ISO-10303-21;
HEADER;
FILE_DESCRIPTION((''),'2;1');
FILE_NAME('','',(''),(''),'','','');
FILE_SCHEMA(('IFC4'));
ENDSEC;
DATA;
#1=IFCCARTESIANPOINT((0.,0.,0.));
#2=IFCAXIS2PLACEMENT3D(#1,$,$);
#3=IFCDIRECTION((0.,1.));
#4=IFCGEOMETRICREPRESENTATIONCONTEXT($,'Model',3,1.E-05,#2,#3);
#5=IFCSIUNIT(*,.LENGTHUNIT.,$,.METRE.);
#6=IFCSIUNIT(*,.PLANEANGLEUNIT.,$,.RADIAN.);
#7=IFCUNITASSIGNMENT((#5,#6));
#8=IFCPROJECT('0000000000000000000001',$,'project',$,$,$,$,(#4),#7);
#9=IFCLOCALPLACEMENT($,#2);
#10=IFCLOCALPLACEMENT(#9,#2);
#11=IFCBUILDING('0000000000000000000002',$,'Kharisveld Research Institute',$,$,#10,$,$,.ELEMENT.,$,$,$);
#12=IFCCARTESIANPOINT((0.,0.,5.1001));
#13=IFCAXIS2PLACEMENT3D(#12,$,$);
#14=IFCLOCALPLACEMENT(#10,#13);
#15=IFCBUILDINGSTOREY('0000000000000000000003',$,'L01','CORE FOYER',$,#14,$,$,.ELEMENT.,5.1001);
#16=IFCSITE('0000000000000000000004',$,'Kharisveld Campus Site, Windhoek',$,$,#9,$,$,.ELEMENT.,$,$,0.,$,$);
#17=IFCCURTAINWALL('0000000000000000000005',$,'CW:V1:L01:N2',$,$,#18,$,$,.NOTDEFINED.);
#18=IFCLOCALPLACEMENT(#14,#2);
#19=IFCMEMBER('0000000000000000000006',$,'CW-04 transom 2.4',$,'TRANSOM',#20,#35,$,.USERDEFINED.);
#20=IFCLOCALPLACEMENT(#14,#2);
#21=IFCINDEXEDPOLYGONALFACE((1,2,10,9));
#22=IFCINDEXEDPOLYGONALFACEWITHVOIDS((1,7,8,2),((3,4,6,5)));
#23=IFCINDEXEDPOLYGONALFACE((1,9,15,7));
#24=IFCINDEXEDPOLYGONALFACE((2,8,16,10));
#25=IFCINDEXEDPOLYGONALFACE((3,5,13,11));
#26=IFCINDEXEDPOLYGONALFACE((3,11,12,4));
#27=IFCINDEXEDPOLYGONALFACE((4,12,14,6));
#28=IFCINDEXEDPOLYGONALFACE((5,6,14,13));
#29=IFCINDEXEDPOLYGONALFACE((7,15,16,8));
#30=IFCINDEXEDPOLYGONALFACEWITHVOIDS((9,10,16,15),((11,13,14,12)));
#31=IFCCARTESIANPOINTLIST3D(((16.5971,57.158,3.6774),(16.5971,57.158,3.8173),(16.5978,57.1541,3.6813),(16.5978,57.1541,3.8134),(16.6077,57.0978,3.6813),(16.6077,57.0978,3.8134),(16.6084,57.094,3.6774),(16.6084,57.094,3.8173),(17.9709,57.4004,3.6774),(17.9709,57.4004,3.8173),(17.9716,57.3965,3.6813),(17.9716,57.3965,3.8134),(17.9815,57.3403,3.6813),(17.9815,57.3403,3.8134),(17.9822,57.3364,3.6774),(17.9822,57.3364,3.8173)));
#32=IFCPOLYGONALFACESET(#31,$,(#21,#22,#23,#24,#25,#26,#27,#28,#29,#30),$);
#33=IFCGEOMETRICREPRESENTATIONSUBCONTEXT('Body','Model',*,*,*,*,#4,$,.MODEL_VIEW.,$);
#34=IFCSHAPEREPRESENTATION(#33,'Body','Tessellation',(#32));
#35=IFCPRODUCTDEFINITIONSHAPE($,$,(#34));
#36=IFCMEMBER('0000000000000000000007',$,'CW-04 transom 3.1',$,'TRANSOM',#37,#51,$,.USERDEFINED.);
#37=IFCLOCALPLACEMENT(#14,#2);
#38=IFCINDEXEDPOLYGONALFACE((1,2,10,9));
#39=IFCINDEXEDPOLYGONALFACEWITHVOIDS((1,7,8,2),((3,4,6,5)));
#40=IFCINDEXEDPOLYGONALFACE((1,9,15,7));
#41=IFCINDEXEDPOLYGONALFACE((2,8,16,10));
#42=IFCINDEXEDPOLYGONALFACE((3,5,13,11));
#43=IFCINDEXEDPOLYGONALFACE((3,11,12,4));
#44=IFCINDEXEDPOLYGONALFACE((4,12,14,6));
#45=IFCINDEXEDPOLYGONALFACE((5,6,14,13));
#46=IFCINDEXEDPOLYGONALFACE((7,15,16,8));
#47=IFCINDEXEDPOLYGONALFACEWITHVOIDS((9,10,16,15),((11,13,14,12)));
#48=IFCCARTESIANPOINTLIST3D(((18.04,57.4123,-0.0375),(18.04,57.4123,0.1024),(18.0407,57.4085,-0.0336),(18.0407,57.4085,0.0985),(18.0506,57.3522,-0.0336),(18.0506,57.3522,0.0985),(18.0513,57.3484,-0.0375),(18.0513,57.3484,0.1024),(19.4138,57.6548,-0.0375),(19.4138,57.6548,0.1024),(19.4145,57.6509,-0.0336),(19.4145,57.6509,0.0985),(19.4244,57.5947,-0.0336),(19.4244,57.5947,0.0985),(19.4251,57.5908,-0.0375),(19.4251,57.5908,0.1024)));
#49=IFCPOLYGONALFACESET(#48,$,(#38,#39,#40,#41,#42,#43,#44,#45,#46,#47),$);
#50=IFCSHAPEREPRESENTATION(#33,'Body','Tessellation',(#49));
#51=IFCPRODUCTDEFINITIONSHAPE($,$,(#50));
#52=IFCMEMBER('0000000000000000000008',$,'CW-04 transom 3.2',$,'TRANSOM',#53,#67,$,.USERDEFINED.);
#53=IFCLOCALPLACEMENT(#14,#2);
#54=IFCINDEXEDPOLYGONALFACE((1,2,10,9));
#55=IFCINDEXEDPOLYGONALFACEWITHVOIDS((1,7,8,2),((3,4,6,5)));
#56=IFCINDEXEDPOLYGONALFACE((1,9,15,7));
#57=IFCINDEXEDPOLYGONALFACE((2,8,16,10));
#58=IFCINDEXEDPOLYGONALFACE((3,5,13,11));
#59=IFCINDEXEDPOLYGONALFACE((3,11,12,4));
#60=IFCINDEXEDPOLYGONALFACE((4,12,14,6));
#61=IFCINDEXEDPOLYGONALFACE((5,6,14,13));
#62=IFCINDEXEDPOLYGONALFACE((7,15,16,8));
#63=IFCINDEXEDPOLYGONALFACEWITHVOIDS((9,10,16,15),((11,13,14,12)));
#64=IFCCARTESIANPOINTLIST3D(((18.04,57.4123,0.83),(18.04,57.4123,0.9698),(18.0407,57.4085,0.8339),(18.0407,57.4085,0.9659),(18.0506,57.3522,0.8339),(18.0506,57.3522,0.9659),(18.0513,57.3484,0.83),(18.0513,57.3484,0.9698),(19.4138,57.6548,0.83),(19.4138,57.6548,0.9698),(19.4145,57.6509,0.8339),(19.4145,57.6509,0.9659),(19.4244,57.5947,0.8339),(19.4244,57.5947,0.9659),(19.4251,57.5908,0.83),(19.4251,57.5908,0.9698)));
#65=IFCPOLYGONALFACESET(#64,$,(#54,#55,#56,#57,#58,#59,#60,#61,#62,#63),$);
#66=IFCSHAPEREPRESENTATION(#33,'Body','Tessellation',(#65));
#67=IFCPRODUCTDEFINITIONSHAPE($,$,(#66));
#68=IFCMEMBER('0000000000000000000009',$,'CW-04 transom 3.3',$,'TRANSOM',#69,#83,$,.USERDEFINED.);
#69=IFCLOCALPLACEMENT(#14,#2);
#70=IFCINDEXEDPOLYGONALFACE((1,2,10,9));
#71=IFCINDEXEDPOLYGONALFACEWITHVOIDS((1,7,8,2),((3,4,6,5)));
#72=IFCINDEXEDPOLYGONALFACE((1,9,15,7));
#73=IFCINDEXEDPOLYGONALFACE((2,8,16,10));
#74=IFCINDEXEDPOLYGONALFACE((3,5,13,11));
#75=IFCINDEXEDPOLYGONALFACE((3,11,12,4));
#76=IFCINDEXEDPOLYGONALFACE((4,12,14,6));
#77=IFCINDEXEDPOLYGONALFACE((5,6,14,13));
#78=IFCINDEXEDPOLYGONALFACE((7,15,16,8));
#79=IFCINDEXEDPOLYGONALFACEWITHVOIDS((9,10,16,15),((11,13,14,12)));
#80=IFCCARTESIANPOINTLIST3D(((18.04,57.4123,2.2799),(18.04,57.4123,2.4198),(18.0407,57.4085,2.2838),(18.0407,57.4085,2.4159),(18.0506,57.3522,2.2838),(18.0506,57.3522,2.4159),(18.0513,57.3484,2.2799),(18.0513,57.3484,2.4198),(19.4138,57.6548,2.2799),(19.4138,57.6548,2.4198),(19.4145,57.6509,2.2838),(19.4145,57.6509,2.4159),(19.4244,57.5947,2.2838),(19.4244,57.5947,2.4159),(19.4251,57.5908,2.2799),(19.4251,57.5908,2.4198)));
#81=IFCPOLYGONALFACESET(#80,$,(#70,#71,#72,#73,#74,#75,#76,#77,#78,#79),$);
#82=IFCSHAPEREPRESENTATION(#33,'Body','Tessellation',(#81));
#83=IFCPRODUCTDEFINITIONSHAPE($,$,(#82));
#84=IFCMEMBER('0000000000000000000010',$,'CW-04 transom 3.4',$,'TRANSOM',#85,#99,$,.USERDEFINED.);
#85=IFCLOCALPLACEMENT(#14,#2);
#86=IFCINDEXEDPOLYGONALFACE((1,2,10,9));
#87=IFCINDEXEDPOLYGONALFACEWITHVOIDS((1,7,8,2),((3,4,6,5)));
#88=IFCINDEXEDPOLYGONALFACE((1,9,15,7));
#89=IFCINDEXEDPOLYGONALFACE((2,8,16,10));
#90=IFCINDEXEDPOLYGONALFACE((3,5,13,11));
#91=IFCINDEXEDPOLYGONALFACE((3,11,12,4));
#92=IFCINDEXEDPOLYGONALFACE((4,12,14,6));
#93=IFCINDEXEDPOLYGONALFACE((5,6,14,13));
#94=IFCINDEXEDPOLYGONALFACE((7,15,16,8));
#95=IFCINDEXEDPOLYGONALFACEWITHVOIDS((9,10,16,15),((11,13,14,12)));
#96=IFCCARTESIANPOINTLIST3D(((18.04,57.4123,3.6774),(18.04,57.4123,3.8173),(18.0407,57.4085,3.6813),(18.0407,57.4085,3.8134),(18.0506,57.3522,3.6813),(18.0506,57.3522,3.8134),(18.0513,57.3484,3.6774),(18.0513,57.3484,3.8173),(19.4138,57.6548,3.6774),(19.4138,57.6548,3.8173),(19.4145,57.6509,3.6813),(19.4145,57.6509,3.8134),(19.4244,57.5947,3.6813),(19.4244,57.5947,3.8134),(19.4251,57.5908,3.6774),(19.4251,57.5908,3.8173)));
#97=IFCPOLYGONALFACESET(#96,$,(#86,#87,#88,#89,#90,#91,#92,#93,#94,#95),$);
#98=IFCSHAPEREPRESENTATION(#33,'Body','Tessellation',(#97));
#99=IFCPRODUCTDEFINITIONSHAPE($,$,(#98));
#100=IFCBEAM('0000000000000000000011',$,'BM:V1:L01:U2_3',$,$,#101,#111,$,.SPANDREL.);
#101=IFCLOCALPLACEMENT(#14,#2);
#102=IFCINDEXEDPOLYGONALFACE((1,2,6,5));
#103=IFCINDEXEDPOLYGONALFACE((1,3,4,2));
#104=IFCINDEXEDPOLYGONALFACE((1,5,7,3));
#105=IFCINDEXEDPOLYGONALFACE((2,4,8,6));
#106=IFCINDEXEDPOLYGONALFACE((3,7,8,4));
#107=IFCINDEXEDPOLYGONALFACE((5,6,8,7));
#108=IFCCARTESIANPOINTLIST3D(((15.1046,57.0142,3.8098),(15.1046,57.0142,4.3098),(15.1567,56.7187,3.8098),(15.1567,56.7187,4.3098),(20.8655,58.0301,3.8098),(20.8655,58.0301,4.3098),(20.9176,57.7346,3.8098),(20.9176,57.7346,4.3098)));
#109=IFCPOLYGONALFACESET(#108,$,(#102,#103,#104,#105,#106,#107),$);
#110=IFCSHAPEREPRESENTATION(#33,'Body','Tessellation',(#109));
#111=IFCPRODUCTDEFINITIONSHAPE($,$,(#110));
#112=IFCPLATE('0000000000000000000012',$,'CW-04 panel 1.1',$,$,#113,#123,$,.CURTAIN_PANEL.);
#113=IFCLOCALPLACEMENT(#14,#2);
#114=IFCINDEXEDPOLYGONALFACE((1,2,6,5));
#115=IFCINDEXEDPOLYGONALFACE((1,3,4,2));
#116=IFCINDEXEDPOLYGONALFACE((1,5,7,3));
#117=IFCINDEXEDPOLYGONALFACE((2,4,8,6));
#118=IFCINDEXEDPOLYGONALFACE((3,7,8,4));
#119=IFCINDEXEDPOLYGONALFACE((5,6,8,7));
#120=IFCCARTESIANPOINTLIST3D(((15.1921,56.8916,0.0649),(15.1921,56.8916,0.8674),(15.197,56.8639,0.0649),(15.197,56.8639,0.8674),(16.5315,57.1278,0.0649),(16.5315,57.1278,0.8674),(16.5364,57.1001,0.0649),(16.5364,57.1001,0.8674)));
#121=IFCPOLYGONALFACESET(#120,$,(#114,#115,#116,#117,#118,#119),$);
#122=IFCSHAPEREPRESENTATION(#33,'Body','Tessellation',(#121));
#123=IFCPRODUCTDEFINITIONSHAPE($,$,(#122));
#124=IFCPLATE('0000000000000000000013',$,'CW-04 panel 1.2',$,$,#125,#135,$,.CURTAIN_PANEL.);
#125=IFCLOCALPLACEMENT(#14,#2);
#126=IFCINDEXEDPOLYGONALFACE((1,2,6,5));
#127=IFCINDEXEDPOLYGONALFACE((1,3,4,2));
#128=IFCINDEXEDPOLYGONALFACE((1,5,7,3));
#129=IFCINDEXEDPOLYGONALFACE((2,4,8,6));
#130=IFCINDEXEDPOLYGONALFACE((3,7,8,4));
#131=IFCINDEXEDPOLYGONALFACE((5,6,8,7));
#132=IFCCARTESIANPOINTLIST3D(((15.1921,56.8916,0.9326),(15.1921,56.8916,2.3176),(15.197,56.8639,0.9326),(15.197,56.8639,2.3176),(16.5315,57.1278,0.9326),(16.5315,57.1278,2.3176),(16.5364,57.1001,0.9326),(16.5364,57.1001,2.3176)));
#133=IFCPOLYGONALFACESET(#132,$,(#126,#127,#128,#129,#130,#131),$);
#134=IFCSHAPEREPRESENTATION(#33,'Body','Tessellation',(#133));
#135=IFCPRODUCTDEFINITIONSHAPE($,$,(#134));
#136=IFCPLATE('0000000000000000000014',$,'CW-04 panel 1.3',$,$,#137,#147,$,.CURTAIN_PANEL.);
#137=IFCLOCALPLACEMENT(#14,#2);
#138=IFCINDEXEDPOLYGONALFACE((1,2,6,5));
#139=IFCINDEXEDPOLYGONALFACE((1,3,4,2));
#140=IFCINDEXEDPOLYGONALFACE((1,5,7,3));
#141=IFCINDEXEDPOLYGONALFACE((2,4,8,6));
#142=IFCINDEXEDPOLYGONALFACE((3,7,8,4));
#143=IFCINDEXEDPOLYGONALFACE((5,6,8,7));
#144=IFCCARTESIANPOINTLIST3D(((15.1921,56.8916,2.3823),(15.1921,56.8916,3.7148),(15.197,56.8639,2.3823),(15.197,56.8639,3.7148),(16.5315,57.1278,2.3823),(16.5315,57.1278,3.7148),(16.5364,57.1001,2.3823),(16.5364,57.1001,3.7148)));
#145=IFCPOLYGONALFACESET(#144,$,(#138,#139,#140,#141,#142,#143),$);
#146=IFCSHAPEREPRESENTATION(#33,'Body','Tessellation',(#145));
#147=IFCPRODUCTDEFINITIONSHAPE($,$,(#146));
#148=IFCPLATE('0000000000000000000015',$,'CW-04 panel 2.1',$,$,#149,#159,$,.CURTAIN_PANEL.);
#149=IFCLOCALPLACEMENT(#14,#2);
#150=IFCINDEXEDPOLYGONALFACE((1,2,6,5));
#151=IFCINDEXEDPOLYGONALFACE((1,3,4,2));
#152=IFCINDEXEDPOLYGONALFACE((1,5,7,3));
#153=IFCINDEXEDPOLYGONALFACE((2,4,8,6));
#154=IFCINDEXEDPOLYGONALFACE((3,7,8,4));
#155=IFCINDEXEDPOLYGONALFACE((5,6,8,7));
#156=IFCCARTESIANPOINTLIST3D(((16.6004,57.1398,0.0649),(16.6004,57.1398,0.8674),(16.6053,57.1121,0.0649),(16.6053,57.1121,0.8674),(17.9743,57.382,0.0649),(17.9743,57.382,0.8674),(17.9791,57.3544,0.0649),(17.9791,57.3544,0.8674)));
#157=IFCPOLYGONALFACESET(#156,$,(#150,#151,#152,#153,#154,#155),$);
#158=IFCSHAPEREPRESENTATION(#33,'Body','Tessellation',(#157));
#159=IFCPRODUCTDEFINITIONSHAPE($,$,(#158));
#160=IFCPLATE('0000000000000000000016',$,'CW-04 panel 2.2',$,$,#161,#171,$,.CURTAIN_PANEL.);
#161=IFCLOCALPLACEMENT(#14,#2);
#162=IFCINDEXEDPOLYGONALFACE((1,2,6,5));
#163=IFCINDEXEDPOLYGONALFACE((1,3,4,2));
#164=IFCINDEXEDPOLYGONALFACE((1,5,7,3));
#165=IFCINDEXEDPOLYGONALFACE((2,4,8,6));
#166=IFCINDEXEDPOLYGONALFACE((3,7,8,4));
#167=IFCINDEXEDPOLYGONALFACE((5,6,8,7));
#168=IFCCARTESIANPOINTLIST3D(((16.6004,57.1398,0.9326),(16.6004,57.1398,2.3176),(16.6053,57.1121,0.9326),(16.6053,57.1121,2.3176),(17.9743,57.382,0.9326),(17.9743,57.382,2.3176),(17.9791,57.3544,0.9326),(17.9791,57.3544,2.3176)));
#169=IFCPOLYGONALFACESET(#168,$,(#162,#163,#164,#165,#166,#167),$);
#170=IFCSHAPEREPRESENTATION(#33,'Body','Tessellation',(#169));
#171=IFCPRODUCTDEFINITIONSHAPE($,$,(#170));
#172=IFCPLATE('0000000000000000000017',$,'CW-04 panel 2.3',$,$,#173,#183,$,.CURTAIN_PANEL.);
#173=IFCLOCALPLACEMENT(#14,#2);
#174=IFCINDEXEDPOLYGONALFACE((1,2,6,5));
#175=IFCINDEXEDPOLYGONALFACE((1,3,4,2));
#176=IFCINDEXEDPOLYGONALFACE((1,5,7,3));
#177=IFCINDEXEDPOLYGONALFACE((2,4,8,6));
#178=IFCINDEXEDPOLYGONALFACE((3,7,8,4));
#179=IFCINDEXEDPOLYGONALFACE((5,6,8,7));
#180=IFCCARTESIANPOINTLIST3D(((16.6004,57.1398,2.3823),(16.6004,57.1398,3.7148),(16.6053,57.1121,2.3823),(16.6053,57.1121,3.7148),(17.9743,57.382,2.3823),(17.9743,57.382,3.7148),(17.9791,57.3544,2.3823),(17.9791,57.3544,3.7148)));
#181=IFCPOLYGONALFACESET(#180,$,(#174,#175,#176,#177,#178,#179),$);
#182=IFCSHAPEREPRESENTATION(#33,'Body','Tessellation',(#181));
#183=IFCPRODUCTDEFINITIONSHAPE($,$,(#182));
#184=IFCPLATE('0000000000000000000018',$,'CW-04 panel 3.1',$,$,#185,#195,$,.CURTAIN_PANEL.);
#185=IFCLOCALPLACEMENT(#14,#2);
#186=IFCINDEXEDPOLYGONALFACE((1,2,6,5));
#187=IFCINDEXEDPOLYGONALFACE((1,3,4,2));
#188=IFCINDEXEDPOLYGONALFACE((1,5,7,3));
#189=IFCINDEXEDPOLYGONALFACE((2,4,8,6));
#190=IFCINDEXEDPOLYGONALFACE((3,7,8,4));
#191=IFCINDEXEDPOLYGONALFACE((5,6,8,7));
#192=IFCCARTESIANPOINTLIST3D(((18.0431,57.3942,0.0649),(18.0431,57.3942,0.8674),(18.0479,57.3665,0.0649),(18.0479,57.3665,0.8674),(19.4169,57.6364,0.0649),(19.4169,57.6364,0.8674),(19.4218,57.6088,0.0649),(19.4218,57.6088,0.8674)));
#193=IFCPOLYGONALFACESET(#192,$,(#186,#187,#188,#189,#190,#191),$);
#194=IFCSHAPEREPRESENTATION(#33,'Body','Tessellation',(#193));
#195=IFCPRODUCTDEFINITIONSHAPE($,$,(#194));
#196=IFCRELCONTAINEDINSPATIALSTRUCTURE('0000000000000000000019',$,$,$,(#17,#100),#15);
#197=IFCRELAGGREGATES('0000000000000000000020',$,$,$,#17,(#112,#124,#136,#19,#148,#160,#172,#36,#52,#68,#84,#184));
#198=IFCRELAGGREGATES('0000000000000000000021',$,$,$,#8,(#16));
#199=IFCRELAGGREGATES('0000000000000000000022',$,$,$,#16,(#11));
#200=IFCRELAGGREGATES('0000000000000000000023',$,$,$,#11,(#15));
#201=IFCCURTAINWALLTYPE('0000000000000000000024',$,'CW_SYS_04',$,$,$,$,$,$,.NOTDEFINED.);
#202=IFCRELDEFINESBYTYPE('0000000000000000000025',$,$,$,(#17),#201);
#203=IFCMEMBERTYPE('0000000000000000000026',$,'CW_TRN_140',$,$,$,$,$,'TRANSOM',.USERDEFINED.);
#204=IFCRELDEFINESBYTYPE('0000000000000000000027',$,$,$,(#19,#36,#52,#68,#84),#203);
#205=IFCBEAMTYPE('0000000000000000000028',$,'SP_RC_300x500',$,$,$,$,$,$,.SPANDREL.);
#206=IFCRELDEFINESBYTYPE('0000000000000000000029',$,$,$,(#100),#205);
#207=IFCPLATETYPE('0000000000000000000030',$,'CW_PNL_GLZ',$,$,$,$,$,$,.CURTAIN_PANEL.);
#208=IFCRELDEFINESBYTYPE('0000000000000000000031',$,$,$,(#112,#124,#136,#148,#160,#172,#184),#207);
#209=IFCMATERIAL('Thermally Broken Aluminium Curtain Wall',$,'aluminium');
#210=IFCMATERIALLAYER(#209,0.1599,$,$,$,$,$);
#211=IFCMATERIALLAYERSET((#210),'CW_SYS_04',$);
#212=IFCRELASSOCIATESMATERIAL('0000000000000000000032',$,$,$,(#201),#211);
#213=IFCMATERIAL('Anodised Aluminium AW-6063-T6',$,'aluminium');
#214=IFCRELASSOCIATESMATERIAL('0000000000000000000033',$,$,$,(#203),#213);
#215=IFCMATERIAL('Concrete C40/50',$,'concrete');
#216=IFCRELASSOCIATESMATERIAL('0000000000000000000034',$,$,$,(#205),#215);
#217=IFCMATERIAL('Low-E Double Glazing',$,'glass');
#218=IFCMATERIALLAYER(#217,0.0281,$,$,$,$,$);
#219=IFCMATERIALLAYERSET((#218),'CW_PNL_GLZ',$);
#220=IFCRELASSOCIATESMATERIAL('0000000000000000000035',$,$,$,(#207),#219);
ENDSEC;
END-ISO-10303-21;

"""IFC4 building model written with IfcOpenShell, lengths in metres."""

from ifc_helpers import new_model, si_unit, direction, frame, origin, origin_2d, place, context, subcontext, project, spatial, rectangle, hollow_rectangle, extrude, material, layer, layer_set, material_profile, profile_set, type_object, element, aggregate, save


model = new_model("IFC4")

# Units and contexts
model_context = context("Model", 3, precision=1e-05, world=origin(), true_north=direction((0.0, 1.0)))
body_context = subcontext(model_context, "Body", "Model", "MODEL_VIEW")
ifc_project = project(units=[si_unit("LENGTHUNIT", "METRE"), si_unit("PLANEANGLEUNIT", "RADIAN")], contexts=[model_context])

# Site, building, storey
site_placement = place(None, origin())
site = spatial("IfcSite", under=ifc_project, at=site_placement, Name="Kharisveld Campus Site, Windhoek", CompositionType="ELEMENT", RefElevation=0.0)
building_placement = place(site_placement, origin())
building = spatial("IfcBuilding", under=site, at=building_placement, Name="Kharisveld Research Institute", CompositionType="ELEMENT")
storey_placement = place(building_placement, frame((0.0, 0.0, 5.1001)))
storey = spatial("IfcBuildingStorey", under=building, at=storey_placement, Name="L01", Description="CORE FOYER", CompositionType="ELEMENT", Elevation=5.1001)

# Curtain wall, members
ifc_material_1 = material(Name="Thermally Broken Aluminium Curtain Wall", Category="aluminium")
ifc_layer_1 = layer(ifc_material_1, 0.1599)
ifc_layer_set_1 = layer_set([ifc_layer_1], Name="CW_SYS_04")
curtain_wall_type = type_object("IfcCurtainWallType", Name="CW_SYS_04", PredefinedType="NOTDEFINED", material=ifc_layer_set_1)
curtain_wall_placement = place(storey_placement, origin())
curtain_wall = element("IfcCurtainWall", 1, at=curtain_wall_placement, inside=storey, type_object=curtain_wall_type, Name="CW:V1:L01:N2", PredefinedType="NOTDEFINED")
ifc_material_2 = material(Name="Anodised Aluminium AW-6063-T6", Category="aluminium")
ifc_material_profile_1 = material_profile(ifc_material_2, hollow_rectangle(XDim=0.0649, YDim=0.1399, WallThickness=0.0039, at=origin_2d()))
ifc_profile_set_1 = profile_set([ifc_material_profile_1], Name="Anodised Aluminium AW-6063-T6")
member_type_1 = type_object("IfcMemberType", Name="CW_TRN_140", ElementType="TRANSOM", PredefinedType="USERDEFINED", material=ifc_profile_set_1)
member_1_placement = place(storey_placement, frame((16.6028, 57.126, 3.7473), z_axis=(0.984784, 0.173785, 0.0), x_axis=(-0.173785, 0.984784, 0.0)))
member_1 = element("IfcMember", 2, at=member_1_placement, type_object=member_type_1, Name="CW-04 transom 2.4", ObjectType="TRANSOM", PredefinedType="USERDEFINED", context=body_context, shape_type="SweptSolid", body=[
    extrude(hollow_rectangle(XDim=0.0649, YDim=0.1399, WallThickness=0.0039, at=origin_2d()), origin(), (0.0, 0.0, 1.0), 1.395),
])
member_2_placement = place(storey_placement, frame((18.0457, 57.3804, 0.0325), z_axis=(0.984784, 0.173785, 0.0), x_axis=(-0.173785, 0.984784, 0.0)))
member_2 = element("IfcMember", 3, at=member_2_placement, type_object=member_type_1, Name="CW-04 transom 3.1", ObjectType="TRANSOM", PredefinedType="USERDEFINED", context=body_context, shape_type="SweptSolid", body=[
    extrude(hollow_rectangle(XDim=0.0649, YDim=0.1399, WallThickness=0.0039, at=origin_2d()), origin(), (0.0, 0.0, 1.0), 1.395),
])
member_3_placement = place(storey_placement, frame((18.0457, 57.3804, 0.8999), z_axis=(0.984784, 0.173785, 0.0), x_axis=(-0.173785, 0.984784, 0.0)))
member_3 = element("IfcMember", 4, at=member_3_placement, type_object=member_type_1, Name="CW-04 transom 3.2", ObjectType="TRANSOM", PredefinedType="USERDEFINED", context=body_context, shape_type="SweptSolid", body=[
    extrude(hollow_rectangle(XDim=0.0649, YDim=0.1399, WallThickness=0.0039, at=origin_2d()), origin(), (0.0, 0.0, 1.0), 1.395),
])
member_4_placement = place(storey_placement, frame((18.0457, 57.3804, 2.3499), z_axis=(0.984784, 0.173785, 0.0), x_axis=(-0.173785, 0.984784, 0.0)))
member_4 = element("IfcMember", 5, at=member_4_placement, type_object=member_type_1, Name="CW-04 transom 3.3", ObjectType="TRANSOM", PredefinedType="USERDEFINED", context=body_context, shape_type="SweptSolid", body=[
    extrude(hollow_rectangle(XDim=0.0649, YDim=0.1399, WallThickness=0.0039, at=origin_2d()), origin(), (0.0, 0.0, 1.0), 1.395),
])
member_5_placement = place(storey_placement, frame((18.0457, 57.3804, 3.7473), z_axis=(0.984784, 0.173785, 0.0), x_axis=(-0.173785, 0.984784, 0.0)))
member_5 = element("IfcMember", 6, at=member_5_placement, type_object=member_type_1, Name="CW-04 transom 3.4", ObjectType="TRANSOM", PredefinedType="USERDEFINED", context=body_context, shape_type="SweptSolid", body=[
    extrude(hollow_rectangle(XDim=0.0649, YDim=0.1399, WallThickness=0.0039, at=origin_2d()), origin(), (0.0, 0.0, 1.0), 1.395),
])

# Beam
ifc_material_3 = material(Name="Concrete C40/50", Category="concrete")
ifc_material_profile_2 = material_profile(ifc_material_3, rectangle(XDim=0.3, YDim=0.5, at=origin_2d()))
ifc_profile_set_2 = profile_set([ifc_material_profile_2], Name="Concrete C40/50")
beam_type = type_object("IfcBeamType", Name="SP_RC_300x500", PredefinedType="SPANDREL", material=ifc_profile_set_2)
beam_placement = place(storey_placement, frame((15.1306, 56.8665, 4.0598), z_axis=(0.984806, 0.173657, 0.0), x_axis=(-0.173657, 0.984806, 0.0)))
element("IfcBeam", 7, at=beam_placement, inside=storey, type_object=beam_type, Name="BM:V1:L01:U2_3", PredefinedType="SPANDREL", context=body_context, shape_type="SweptSolid", body=[
    extrude(rectangle(XDim=0.3, YDim=0.5, at=origin_2d()), origin(), (0.0, 0.0, 1.0), 5.8499),
])

# Plates
ifc_material_4 = material(Name="Low-E Double Glazing", Category="glass")
ifc_layer_2 = layer(ifc_material_4, 0.0281)
ifc_layer_set_2 = layer_set([ifc_layer_2], Name="CW_PNL_GLZ")
plate_type = type_object("IfcPlateType", Name="CW_PNL_GLZ", PredefinedType="CURTAIN_PANEL", material=ifc_layer_set_2)
plate_1_placement = place(storey_placement, frame((15.8643, 56.9958, 0.0649), z_axis=(0.0, 0.0, 1.0), x_axis=(0.984808, 0.173648, 0.0)))
plate_1 = element("IfcPlate", 8, at=plate_1_placement, type_object=plate_type, Name="CW-04 panel 1.1", PredefinedType="CURTAIN_PANEL", context=body_context, shape_type="SweptSolid", body=[
    extrude(rectangle(XDim=1.3601, YDim=0.0281, at=origin_2d()), origin(), (0.0, 0.0, 1.0), 0.8025),
])
plate_2_placement = place(storey_placement, frame((15.8643, 56.9958, 0.9326), z_axis=(0.0, 0.0, 1.0), x_axis=(0.984808, 0.173648, 0.0)))
plate_2 = element("IfcPlate", 9, at=plate_2_placement, type_object=plate_type, Name="CW-04 panel 1.2", PredefinedType="CURTAIN_PANEL", context=body_context, shape_type="SweptSolid", body=[
    extrude(rectangle(XDim=1.3601, YDim=0.0281, at=origin_2d()), origin(), (0.0, 0.0, 1.0), 1.385),
])
plate_3_placement = place(storey_placement, frame((15.8643, 56.9958, 2.3823), z_axis=(0.0, 0.0, 1.0), x_axis=(0.984808, 0.173648, 0.0)))
plate_3 = element("IfcPlate", 10, at=plate_3_placement, type_object=plate_type, Name="CW-04 panel 1.3", PredefinedType="CURTAIN_PANEL", context=body_context, shape_type="SweptSolid", body=[
    extrude(rectangle(XDim=1.3601, YDim=0.0281, at=origin_2d()), origin(), (0.0, 0.0, 1.0), 1.3325),
])
plate_4_placement = place(storey_placement, frame((17.2898, 57.2471, 0.0649), z_axis=(0.0, 0.0, 1.0), x_axis=(0.984808, 0.173648, 0.0)))
plate_4 = element("IfcPlate", 11, at=plate_4_placement, type_object=plate_type, Name="CW-04 panel 2.1", PredefinedType="CURTAIN_PANEL", context=body_context, shape_type="SweptSolid", body=[
    extrude(rectangle(XDim=1.395, YDim=0.0281, at=origin_2d()), origin(), (0.0, 0.0, 1.0), 0.8025),
])
plate_5_placement = place(storey_placement, frame((17.2898, 57.2471, 0.9326), z_axis=(0.0, 0.0, 1.0), x_axis=(0.984808, 0.173648, 0.0)))
plate_5 = element("IfcPlate", 12, at=plate_5_placement, type_object=plate_type, Name="CW-04 panel 2.2", PredefinedType="CURTAIN_PANEL", context=body_context, shape_type="SweptSolid", body=[
    extrude(rectangle(XDim=1.395, YDim=0.0281, at=origin_2d()), origin(), (0.0, 0.0, 1.0), 1.385),
])
plate_6_placement = place(storey_placement, frame((17.2898, 57.2471, 2.3823), z_axis=(0.0, 0.0, 1.0), x_axis=(0.984808, 0.173648, 0.0)))
plate_6 = element("IfcPlate", 13, at=plate_6_placement, type_object=plate_type, Name="CW-04 panel 2.3", PredefinedType="CURTAIN_PANEL", context=body_context, shape_type="SweptSolid", body=[
    extrude(rectangle(XDim=1.395, YDim=0.0281, at=origin_2d()), origin(), (0.0, 0.0, 1.0), 1.3325),
])
plate_7_placement = place(storey_placement, frame((18.7324, 57.5015, 0.0649), z_axis=(0.0, 0.0, 1.0), x_axis=(0.984808, 0.173648, 0.0)))
plate_7 = element("IfcPlate", 14, at=plate_7_placement, type_object=plate_type, Name="CW-04 panel 3.1", PredefinedType="CURTAIN_PANEL", context=body_context, shape_type="SweptSolid", body=[
    extrude(rectangle(XDim=1.395, YDim=0.0281, at=origin_2d()), origin(), (0.0, 0.0, 1.0), 0.8025),
])
aggregate(curtain_wall, [plate_1, plate_2, plate_3, member_1, plate_4, plate_5, plate_6, member_2, member_3, member_4, member_5, plate_7])

save(model, "model.ifc")
